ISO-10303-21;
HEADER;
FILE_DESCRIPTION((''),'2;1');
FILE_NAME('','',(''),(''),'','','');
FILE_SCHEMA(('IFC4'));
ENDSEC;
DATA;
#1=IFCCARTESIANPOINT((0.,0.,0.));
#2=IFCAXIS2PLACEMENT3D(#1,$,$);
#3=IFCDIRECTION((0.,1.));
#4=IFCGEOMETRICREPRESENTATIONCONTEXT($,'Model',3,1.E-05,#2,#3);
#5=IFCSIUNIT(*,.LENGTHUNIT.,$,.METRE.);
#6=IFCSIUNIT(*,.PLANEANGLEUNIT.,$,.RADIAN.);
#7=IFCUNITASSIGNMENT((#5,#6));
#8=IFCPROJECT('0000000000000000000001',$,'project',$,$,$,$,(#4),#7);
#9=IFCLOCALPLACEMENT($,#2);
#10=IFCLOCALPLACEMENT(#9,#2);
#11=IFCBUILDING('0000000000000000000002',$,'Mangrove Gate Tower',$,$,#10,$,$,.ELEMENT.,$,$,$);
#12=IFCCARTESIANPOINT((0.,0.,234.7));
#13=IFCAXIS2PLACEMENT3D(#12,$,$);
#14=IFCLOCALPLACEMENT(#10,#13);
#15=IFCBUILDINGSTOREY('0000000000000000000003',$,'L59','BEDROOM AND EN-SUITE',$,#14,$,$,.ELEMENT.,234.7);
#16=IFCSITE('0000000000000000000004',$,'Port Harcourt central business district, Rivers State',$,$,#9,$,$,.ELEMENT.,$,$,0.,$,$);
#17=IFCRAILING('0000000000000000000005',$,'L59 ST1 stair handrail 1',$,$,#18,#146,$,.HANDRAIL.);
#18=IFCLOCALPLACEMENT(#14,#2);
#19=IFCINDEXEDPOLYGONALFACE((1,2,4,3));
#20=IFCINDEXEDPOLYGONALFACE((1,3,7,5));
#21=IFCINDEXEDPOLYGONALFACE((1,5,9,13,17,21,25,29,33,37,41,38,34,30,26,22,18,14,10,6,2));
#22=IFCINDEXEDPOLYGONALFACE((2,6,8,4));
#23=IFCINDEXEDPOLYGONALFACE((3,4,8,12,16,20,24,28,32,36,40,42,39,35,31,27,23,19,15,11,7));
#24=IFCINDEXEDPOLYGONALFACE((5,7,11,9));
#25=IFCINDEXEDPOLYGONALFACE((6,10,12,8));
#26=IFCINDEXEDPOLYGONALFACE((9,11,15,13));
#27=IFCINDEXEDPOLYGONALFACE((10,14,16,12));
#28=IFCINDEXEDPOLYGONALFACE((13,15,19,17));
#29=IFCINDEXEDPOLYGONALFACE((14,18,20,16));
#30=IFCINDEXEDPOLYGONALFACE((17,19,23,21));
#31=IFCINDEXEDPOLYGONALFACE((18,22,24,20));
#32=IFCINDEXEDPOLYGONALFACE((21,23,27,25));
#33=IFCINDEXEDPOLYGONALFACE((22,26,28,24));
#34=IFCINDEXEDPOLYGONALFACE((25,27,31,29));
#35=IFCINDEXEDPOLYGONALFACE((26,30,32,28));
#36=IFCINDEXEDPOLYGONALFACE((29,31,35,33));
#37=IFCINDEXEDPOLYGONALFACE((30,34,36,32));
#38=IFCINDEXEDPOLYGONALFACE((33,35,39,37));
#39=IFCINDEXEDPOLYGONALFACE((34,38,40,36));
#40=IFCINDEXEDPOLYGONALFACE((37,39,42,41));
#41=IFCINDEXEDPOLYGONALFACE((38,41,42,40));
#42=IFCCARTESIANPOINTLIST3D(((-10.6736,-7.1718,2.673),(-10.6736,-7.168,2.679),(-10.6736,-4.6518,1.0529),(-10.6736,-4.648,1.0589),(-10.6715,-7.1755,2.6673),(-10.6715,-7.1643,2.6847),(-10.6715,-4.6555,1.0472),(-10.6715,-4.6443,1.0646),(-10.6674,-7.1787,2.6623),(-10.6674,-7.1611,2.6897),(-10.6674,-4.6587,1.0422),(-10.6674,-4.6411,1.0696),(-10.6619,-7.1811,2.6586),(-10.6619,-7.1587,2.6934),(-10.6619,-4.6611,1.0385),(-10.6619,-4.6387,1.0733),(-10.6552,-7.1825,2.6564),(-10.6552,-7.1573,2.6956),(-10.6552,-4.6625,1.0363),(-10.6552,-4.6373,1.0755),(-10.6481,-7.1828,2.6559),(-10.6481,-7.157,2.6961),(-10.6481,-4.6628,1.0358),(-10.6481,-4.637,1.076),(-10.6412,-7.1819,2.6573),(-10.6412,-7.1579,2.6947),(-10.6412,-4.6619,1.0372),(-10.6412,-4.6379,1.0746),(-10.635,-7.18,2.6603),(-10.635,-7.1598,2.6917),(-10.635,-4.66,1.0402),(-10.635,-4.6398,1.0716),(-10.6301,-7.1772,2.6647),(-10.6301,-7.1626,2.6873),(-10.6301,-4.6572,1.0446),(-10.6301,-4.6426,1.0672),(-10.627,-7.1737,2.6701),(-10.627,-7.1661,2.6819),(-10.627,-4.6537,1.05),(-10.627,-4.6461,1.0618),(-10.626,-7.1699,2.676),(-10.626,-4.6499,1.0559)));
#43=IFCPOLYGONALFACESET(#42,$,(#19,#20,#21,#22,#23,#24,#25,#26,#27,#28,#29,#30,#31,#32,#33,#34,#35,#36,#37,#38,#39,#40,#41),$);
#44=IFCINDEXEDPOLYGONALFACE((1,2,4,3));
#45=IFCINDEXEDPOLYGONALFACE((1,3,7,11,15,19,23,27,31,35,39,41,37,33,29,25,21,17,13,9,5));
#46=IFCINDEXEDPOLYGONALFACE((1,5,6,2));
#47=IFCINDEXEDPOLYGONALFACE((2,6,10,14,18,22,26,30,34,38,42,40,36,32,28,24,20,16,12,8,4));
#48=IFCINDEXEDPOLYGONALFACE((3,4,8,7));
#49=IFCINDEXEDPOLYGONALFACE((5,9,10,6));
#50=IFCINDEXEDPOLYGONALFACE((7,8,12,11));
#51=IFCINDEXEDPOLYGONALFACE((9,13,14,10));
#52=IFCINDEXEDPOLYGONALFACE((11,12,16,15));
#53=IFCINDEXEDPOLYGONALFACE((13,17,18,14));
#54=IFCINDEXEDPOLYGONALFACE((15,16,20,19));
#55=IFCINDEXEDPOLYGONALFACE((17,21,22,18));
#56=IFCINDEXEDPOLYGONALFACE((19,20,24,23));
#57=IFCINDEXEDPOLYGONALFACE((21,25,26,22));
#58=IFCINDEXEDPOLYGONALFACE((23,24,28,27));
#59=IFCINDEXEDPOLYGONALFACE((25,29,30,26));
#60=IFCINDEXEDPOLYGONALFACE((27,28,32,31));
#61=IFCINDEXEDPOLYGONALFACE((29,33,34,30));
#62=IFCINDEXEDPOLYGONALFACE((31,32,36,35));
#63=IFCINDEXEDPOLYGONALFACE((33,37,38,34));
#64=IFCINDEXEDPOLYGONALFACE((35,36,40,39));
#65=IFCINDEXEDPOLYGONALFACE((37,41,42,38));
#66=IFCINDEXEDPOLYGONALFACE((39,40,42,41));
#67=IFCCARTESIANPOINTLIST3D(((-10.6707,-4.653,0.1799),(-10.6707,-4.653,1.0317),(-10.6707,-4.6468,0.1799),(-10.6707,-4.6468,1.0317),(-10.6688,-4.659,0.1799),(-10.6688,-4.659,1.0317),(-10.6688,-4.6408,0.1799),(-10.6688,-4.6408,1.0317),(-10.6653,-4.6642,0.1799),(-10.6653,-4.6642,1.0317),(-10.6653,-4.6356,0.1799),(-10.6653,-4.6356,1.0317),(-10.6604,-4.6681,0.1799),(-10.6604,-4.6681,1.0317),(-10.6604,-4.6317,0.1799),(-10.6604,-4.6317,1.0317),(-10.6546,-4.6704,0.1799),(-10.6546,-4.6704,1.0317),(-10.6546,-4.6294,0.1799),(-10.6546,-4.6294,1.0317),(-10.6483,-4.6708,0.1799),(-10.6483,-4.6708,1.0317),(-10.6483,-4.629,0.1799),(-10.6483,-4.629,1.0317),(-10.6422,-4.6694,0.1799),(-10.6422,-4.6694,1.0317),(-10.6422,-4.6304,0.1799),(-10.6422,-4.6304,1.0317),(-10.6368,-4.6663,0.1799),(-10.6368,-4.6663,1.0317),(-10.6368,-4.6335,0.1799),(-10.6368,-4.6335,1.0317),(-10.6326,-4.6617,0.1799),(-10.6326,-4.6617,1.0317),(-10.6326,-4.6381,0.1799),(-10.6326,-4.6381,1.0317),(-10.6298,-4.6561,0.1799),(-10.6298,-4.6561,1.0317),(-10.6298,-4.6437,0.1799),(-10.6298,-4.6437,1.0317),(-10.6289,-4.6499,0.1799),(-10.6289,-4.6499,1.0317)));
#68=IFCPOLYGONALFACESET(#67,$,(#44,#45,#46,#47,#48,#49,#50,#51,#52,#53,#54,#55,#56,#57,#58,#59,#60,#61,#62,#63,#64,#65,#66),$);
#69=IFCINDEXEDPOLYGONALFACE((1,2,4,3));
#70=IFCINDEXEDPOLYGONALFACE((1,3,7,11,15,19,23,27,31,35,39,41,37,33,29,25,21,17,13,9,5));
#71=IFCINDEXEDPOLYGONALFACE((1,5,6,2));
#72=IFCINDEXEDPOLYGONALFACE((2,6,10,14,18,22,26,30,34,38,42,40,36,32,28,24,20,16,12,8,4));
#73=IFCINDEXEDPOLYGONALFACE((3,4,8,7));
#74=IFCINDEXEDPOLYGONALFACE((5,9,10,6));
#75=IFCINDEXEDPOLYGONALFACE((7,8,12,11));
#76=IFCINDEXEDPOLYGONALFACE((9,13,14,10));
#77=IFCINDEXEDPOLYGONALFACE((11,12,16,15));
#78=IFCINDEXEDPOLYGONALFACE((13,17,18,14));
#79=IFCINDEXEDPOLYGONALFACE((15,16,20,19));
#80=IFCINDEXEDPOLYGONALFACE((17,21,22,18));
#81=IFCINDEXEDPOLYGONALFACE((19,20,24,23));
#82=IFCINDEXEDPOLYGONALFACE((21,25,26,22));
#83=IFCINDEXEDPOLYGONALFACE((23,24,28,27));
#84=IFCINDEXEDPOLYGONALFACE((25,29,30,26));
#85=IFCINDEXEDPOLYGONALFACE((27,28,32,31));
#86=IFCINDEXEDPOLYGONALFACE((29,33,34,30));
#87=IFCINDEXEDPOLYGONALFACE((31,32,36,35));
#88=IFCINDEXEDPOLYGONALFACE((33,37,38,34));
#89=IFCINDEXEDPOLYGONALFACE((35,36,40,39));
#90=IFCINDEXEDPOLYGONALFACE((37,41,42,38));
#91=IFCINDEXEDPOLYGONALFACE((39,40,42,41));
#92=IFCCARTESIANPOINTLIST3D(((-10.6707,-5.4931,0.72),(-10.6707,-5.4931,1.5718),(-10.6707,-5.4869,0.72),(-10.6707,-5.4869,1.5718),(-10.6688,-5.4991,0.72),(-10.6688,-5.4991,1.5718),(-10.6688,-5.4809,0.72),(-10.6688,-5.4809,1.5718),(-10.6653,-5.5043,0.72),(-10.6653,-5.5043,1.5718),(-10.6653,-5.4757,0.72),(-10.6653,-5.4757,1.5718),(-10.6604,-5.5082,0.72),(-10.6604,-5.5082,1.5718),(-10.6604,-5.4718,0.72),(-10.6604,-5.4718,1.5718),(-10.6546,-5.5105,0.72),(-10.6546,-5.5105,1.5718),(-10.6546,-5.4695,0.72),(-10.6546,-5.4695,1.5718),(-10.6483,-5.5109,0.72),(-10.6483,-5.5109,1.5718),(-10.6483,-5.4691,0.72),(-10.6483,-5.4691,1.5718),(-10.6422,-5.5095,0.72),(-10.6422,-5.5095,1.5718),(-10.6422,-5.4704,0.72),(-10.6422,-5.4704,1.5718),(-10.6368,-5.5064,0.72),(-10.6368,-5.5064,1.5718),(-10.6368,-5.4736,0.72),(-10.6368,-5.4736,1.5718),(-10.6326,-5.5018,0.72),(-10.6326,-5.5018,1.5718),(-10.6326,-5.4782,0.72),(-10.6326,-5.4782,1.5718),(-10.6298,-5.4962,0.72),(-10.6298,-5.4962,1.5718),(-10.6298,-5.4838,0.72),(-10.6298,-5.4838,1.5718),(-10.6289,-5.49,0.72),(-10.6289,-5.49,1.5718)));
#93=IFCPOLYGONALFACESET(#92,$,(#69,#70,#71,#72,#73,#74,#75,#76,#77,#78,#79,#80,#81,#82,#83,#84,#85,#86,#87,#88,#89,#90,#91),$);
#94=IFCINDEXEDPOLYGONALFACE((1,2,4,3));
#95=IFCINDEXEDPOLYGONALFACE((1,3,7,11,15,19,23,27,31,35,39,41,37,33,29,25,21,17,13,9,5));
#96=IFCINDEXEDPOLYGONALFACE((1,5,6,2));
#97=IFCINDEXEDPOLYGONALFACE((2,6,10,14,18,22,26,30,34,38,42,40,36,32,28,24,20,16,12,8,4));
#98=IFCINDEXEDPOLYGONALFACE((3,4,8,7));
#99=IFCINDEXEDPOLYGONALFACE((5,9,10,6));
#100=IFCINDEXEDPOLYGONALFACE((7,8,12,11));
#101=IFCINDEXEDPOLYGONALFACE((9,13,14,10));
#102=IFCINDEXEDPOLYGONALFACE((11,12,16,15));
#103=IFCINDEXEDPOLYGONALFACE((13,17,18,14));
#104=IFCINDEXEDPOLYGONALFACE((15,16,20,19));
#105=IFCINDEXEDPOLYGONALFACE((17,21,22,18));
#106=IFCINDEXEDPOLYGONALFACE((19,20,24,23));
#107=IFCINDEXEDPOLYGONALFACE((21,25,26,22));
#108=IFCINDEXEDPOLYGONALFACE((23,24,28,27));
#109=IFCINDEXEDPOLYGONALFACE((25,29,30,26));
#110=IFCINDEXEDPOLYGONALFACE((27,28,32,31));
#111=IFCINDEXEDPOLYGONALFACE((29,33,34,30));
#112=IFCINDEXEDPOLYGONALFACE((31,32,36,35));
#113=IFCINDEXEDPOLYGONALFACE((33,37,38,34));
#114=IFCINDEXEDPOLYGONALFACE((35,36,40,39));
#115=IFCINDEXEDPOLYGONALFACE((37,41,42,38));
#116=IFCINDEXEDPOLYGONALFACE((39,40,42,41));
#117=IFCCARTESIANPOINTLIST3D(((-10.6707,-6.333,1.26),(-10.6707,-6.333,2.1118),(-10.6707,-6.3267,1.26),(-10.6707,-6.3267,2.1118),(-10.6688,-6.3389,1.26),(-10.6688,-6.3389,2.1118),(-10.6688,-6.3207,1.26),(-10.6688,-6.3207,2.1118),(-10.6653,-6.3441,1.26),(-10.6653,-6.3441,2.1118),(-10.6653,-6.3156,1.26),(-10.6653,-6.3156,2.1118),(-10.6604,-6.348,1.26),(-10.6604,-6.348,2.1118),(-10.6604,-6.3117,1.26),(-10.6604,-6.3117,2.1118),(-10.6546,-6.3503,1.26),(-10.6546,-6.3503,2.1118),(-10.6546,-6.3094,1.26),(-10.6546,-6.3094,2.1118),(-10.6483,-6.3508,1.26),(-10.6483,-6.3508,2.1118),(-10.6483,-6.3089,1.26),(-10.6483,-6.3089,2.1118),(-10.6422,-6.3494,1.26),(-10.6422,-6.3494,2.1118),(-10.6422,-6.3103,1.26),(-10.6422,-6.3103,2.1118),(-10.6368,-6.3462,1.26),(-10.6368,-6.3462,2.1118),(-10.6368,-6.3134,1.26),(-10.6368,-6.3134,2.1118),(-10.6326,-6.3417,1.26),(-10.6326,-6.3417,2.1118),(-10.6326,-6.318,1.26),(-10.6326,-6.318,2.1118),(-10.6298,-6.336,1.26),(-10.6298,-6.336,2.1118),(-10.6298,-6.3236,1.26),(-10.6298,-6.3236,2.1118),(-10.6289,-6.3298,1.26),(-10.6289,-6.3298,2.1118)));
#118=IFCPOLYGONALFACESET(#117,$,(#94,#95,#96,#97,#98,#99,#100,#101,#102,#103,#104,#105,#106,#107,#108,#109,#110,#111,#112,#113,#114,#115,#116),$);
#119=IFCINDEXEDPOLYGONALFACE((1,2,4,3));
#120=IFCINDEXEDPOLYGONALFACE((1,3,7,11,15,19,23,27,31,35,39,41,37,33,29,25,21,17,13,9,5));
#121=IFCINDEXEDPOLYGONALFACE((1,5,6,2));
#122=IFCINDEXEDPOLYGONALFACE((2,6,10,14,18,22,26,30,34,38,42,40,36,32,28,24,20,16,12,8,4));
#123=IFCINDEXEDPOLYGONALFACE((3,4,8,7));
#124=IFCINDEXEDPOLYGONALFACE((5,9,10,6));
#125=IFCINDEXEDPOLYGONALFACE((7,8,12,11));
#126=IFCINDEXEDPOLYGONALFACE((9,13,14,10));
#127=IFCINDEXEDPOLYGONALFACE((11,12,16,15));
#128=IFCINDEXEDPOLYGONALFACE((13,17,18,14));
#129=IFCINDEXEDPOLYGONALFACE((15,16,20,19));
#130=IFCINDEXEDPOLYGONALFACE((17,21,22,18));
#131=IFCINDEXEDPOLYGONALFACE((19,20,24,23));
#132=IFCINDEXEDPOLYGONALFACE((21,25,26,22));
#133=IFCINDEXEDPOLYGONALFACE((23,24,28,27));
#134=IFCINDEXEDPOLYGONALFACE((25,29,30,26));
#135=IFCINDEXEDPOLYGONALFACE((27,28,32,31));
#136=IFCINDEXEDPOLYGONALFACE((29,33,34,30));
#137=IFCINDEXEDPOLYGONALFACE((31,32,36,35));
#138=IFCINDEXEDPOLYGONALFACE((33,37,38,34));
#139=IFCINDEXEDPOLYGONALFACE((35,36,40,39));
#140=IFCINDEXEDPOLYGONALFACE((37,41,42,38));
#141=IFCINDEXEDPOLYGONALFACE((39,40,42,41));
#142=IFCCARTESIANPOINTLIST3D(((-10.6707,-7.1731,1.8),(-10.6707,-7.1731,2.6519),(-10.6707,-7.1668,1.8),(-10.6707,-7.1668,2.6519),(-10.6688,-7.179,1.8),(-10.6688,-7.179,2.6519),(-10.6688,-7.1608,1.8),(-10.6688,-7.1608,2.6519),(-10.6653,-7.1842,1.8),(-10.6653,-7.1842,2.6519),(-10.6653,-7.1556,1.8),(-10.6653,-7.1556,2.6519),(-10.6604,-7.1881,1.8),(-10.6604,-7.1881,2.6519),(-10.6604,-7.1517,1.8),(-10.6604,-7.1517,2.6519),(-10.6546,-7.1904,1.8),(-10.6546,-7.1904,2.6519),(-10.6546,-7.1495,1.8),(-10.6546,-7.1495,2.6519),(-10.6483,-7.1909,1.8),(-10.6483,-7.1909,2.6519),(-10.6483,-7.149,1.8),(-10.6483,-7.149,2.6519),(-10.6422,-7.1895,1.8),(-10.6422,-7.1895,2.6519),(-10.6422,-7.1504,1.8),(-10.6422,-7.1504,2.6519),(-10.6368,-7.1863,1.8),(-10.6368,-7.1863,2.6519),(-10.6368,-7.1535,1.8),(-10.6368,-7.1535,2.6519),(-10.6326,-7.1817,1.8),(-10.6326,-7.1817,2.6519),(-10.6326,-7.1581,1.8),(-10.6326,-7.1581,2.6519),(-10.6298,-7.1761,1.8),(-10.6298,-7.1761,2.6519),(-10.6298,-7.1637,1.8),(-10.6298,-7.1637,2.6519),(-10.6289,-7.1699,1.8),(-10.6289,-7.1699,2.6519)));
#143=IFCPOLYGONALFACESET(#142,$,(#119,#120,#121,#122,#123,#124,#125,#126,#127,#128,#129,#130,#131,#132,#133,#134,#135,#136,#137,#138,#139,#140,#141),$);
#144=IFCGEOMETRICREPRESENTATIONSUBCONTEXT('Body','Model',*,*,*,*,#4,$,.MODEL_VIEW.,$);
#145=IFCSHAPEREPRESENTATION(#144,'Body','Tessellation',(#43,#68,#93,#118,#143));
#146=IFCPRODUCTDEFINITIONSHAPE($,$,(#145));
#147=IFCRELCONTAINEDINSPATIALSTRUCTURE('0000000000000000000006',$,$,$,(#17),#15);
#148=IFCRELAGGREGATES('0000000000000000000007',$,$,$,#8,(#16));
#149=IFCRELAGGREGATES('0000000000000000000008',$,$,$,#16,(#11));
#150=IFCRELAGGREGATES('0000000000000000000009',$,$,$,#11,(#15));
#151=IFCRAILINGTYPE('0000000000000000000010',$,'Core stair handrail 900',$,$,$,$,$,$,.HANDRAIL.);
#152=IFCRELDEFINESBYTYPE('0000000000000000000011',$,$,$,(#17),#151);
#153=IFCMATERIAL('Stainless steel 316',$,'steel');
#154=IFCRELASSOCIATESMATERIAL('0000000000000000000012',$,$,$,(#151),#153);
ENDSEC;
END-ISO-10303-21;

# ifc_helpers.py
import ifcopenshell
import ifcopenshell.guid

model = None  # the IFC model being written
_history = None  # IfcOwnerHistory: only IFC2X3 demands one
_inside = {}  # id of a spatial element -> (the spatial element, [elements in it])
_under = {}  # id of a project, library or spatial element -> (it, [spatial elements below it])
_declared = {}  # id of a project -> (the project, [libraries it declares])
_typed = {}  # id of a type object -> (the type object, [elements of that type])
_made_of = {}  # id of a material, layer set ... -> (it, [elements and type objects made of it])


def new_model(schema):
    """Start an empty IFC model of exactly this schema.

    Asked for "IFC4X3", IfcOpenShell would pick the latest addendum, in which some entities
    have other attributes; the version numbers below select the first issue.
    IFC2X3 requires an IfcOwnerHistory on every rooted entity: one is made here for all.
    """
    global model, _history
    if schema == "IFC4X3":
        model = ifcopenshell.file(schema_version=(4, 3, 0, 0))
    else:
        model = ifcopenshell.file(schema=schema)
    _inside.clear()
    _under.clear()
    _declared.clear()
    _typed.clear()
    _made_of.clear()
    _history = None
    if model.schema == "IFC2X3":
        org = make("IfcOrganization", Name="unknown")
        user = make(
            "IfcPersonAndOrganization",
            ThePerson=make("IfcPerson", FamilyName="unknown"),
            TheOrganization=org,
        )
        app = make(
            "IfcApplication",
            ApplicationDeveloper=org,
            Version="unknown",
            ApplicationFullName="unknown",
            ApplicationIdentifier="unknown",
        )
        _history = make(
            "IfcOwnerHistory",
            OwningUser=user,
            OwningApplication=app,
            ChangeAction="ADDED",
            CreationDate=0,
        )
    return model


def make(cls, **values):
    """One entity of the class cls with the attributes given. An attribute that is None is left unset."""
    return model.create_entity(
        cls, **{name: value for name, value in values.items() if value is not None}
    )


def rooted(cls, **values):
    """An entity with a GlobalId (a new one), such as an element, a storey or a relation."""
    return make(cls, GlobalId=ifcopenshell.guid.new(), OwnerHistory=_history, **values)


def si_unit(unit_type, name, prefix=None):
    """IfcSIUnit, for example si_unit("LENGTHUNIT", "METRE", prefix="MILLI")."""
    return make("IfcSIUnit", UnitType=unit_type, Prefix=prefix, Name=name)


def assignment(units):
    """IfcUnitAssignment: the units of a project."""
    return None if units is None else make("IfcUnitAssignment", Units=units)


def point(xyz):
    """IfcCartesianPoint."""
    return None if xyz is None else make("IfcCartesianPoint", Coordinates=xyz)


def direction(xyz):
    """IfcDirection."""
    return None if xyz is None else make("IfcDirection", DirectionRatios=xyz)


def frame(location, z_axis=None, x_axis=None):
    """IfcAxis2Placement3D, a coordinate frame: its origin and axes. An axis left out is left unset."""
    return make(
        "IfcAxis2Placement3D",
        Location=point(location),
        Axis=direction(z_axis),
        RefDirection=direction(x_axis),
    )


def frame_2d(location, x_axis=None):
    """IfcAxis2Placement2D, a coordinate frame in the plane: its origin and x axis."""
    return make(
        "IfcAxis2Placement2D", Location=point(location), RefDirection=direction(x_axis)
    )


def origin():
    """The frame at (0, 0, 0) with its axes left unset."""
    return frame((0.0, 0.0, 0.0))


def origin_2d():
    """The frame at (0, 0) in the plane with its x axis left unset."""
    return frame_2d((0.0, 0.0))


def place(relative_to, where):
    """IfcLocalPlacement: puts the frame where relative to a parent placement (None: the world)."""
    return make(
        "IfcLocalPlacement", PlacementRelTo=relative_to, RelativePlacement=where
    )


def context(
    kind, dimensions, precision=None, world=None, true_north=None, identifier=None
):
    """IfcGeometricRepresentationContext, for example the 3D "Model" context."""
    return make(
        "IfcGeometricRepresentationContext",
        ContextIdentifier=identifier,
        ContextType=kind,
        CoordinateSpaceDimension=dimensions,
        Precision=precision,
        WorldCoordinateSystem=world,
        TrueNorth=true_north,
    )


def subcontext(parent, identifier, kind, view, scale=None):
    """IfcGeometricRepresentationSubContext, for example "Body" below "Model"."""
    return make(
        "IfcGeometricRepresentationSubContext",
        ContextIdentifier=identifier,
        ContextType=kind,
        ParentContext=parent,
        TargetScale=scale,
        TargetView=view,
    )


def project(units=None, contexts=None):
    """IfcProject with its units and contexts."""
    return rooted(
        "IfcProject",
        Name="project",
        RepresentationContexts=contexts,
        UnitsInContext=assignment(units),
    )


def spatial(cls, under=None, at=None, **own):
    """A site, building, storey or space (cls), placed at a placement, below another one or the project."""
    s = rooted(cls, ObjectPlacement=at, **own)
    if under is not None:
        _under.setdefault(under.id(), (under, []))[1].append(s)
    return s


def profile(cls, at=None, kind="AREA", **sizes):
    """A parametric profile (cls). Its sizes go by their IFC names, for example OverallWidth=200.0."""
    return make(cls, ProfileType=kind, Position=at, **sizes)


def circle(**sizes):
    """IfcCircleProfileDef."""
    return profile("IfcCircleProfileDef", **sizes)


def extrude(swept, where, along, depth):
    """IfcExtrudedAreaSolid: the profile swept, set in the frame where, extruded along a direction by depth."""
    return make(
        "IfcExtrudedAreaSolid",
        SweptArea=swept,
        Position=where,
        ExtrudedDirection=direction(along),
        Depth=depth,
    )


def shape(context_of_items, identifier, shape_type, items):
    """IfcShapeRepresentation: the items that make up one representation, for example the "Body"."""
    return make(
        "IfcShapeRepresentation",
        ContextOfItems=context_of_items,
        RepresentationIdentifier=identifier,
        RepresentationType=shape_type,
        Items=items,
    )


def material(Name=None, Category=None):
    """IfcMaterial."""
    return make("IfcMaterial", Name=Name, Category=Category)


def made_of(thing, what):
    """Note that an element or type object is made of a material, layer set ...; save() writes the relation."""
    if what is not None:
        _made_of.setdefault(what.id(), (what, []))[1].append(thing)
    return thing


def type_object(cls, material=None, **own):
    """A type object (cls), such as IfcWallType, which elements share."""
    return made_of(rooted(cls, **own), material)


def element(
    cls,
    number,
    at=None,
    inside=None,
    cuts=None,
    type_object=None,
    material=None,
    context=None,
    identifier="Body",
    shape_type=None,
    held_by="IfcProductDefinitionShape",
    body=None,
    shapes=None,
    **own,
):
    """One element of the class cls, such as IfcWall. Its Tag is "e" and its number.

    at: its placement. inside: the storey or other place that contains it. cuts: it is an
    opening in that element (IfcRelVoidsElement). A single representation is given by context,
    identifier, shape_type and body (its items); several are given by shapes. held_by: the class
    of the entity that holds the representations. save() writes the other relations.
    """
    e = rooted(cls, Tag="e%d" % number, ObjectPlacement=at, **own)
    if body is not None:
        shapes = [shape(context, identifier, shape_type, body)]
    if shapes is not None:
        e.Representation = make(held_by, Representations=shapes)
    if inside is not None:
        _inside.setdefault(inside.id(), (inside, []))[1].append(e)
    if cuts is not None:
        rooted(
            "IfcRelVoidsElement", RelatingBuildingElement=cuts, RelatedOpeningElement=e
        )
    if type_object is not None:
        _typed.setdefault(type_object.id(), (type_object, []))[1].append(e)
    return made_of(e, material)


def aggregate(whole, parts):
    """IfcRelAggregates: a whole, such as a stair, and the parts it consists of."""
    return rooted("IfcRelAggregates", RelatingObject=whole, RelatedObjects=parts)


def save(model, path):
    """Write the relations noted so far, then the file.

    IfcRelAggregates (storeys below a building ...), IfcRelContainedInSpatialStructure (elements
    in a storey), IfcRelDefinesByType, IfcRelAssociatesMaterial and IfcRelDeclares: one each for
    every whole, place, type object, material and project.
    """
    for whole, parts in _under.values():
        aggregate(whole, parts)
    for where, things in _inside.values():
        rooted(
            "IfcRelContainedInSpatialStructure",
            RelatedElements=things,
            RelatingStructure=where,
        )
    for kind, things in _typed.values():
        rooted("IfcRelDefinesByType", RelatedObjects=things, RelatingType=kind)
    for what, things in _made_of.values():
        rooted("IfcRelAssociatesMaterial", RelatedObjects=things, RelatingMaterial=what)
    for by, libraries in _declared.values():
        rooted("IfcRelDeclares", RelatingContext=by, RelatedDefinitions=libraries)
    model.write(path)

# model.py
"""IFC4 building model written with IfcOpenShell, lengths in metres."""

from ifc_helpers import new_model, si_unit, direction, frame, origin, origin_2d, place, context, subcontext, project, spatial, circle, extrude, material, type_object, element, save


model = new_model("IFC4")

# Units and contexts
model_context = context("Model", 3, precision=1e-05, world=origin(), true_north=direction((0.0, 1.0)))
body_context = subcontext(model_context, "Body", "Model", "MODEL_VIEW")
ifc_project = project(units=[si_unit("LENGTHUNIT", "METRE"), si_unit("PLANEANGLEUNIT", "RADIAN")], contexts=[model_context])

# Site, building, storey
site_placement = place(None, origin())
site = spatial("IfcSite", under=ifc_project, at=site_placement, Name="Port Harcourt central business district, Rivers State", CompositionType="ELEMENT", RefElevation=0.0)
building_placement = place(site_placement, origin())
building = spatial("IfcBuilding", under=site, at=building_placement, Name="Mangrove Gate Tower", CompositionType="ELEMENT")
storey_placement = place(building_placement, frame((0.0, 0.0, 234.7)))
storey = spatial("IfcBuildingStorey", under=building, at=storey_placement, Name="L59", Description="BEDROOM AND EN-SUITE", CompositionType="ELEMENT", Elevation=234.7)

# Railing
ifc_material_1 = material(Name="Stainless steel 316", Category="steel")
railing_type_1 = type_object("IfcRailingType", Name="Core stair handrail 900", PredefinedType="HANDRAIL", material=ifc_material_1)
railing_1_placement = place(storey_placement, frame((-10.6499, -4.6499, 0.1799)))
element("IfcRailing", 1, at=railing_1_placement, inside=storey, type_object=railing_type_1, Name="L59 ST1 stair handrail 1", PredefinedType="HANDRAIL", context=body_context, shape_type="SweptSolid", body=[
    extrude(circle(Radius=0.0239, at=origin_2d()), frame((0.0, 0.0, 0.876), z_axis=(0.0, -0.841163, 0.540782), x_axis=(1.0, 0.0, 0.0)), (0.0, 0.0, 1.0), 2.9958),
    extrude(circle(Radius=0.021, at=origin_2d()), origin(), (0.0, 0.0, 1.0), 0.8518),
    extrude(circle(Radius=0.021, at=origin_2d()), frame((0.0, -0.8401, 0.54)), (0.0, 0.0, 1.0), 0.8518),
    extrude(circle(Radius=0.021, at=origin_2d()), frame((0.0, -1.6799, 1.0801)), (0.0, 0.0, 1.0), 0.8518),
    extrude(circle(Radius=0.021, at=origin_2d()), frame((0.0, -2.52, 1.6201)), (0.0, 0.0, 1.0), 0.8518),
])

save(model, "model.ifc")
